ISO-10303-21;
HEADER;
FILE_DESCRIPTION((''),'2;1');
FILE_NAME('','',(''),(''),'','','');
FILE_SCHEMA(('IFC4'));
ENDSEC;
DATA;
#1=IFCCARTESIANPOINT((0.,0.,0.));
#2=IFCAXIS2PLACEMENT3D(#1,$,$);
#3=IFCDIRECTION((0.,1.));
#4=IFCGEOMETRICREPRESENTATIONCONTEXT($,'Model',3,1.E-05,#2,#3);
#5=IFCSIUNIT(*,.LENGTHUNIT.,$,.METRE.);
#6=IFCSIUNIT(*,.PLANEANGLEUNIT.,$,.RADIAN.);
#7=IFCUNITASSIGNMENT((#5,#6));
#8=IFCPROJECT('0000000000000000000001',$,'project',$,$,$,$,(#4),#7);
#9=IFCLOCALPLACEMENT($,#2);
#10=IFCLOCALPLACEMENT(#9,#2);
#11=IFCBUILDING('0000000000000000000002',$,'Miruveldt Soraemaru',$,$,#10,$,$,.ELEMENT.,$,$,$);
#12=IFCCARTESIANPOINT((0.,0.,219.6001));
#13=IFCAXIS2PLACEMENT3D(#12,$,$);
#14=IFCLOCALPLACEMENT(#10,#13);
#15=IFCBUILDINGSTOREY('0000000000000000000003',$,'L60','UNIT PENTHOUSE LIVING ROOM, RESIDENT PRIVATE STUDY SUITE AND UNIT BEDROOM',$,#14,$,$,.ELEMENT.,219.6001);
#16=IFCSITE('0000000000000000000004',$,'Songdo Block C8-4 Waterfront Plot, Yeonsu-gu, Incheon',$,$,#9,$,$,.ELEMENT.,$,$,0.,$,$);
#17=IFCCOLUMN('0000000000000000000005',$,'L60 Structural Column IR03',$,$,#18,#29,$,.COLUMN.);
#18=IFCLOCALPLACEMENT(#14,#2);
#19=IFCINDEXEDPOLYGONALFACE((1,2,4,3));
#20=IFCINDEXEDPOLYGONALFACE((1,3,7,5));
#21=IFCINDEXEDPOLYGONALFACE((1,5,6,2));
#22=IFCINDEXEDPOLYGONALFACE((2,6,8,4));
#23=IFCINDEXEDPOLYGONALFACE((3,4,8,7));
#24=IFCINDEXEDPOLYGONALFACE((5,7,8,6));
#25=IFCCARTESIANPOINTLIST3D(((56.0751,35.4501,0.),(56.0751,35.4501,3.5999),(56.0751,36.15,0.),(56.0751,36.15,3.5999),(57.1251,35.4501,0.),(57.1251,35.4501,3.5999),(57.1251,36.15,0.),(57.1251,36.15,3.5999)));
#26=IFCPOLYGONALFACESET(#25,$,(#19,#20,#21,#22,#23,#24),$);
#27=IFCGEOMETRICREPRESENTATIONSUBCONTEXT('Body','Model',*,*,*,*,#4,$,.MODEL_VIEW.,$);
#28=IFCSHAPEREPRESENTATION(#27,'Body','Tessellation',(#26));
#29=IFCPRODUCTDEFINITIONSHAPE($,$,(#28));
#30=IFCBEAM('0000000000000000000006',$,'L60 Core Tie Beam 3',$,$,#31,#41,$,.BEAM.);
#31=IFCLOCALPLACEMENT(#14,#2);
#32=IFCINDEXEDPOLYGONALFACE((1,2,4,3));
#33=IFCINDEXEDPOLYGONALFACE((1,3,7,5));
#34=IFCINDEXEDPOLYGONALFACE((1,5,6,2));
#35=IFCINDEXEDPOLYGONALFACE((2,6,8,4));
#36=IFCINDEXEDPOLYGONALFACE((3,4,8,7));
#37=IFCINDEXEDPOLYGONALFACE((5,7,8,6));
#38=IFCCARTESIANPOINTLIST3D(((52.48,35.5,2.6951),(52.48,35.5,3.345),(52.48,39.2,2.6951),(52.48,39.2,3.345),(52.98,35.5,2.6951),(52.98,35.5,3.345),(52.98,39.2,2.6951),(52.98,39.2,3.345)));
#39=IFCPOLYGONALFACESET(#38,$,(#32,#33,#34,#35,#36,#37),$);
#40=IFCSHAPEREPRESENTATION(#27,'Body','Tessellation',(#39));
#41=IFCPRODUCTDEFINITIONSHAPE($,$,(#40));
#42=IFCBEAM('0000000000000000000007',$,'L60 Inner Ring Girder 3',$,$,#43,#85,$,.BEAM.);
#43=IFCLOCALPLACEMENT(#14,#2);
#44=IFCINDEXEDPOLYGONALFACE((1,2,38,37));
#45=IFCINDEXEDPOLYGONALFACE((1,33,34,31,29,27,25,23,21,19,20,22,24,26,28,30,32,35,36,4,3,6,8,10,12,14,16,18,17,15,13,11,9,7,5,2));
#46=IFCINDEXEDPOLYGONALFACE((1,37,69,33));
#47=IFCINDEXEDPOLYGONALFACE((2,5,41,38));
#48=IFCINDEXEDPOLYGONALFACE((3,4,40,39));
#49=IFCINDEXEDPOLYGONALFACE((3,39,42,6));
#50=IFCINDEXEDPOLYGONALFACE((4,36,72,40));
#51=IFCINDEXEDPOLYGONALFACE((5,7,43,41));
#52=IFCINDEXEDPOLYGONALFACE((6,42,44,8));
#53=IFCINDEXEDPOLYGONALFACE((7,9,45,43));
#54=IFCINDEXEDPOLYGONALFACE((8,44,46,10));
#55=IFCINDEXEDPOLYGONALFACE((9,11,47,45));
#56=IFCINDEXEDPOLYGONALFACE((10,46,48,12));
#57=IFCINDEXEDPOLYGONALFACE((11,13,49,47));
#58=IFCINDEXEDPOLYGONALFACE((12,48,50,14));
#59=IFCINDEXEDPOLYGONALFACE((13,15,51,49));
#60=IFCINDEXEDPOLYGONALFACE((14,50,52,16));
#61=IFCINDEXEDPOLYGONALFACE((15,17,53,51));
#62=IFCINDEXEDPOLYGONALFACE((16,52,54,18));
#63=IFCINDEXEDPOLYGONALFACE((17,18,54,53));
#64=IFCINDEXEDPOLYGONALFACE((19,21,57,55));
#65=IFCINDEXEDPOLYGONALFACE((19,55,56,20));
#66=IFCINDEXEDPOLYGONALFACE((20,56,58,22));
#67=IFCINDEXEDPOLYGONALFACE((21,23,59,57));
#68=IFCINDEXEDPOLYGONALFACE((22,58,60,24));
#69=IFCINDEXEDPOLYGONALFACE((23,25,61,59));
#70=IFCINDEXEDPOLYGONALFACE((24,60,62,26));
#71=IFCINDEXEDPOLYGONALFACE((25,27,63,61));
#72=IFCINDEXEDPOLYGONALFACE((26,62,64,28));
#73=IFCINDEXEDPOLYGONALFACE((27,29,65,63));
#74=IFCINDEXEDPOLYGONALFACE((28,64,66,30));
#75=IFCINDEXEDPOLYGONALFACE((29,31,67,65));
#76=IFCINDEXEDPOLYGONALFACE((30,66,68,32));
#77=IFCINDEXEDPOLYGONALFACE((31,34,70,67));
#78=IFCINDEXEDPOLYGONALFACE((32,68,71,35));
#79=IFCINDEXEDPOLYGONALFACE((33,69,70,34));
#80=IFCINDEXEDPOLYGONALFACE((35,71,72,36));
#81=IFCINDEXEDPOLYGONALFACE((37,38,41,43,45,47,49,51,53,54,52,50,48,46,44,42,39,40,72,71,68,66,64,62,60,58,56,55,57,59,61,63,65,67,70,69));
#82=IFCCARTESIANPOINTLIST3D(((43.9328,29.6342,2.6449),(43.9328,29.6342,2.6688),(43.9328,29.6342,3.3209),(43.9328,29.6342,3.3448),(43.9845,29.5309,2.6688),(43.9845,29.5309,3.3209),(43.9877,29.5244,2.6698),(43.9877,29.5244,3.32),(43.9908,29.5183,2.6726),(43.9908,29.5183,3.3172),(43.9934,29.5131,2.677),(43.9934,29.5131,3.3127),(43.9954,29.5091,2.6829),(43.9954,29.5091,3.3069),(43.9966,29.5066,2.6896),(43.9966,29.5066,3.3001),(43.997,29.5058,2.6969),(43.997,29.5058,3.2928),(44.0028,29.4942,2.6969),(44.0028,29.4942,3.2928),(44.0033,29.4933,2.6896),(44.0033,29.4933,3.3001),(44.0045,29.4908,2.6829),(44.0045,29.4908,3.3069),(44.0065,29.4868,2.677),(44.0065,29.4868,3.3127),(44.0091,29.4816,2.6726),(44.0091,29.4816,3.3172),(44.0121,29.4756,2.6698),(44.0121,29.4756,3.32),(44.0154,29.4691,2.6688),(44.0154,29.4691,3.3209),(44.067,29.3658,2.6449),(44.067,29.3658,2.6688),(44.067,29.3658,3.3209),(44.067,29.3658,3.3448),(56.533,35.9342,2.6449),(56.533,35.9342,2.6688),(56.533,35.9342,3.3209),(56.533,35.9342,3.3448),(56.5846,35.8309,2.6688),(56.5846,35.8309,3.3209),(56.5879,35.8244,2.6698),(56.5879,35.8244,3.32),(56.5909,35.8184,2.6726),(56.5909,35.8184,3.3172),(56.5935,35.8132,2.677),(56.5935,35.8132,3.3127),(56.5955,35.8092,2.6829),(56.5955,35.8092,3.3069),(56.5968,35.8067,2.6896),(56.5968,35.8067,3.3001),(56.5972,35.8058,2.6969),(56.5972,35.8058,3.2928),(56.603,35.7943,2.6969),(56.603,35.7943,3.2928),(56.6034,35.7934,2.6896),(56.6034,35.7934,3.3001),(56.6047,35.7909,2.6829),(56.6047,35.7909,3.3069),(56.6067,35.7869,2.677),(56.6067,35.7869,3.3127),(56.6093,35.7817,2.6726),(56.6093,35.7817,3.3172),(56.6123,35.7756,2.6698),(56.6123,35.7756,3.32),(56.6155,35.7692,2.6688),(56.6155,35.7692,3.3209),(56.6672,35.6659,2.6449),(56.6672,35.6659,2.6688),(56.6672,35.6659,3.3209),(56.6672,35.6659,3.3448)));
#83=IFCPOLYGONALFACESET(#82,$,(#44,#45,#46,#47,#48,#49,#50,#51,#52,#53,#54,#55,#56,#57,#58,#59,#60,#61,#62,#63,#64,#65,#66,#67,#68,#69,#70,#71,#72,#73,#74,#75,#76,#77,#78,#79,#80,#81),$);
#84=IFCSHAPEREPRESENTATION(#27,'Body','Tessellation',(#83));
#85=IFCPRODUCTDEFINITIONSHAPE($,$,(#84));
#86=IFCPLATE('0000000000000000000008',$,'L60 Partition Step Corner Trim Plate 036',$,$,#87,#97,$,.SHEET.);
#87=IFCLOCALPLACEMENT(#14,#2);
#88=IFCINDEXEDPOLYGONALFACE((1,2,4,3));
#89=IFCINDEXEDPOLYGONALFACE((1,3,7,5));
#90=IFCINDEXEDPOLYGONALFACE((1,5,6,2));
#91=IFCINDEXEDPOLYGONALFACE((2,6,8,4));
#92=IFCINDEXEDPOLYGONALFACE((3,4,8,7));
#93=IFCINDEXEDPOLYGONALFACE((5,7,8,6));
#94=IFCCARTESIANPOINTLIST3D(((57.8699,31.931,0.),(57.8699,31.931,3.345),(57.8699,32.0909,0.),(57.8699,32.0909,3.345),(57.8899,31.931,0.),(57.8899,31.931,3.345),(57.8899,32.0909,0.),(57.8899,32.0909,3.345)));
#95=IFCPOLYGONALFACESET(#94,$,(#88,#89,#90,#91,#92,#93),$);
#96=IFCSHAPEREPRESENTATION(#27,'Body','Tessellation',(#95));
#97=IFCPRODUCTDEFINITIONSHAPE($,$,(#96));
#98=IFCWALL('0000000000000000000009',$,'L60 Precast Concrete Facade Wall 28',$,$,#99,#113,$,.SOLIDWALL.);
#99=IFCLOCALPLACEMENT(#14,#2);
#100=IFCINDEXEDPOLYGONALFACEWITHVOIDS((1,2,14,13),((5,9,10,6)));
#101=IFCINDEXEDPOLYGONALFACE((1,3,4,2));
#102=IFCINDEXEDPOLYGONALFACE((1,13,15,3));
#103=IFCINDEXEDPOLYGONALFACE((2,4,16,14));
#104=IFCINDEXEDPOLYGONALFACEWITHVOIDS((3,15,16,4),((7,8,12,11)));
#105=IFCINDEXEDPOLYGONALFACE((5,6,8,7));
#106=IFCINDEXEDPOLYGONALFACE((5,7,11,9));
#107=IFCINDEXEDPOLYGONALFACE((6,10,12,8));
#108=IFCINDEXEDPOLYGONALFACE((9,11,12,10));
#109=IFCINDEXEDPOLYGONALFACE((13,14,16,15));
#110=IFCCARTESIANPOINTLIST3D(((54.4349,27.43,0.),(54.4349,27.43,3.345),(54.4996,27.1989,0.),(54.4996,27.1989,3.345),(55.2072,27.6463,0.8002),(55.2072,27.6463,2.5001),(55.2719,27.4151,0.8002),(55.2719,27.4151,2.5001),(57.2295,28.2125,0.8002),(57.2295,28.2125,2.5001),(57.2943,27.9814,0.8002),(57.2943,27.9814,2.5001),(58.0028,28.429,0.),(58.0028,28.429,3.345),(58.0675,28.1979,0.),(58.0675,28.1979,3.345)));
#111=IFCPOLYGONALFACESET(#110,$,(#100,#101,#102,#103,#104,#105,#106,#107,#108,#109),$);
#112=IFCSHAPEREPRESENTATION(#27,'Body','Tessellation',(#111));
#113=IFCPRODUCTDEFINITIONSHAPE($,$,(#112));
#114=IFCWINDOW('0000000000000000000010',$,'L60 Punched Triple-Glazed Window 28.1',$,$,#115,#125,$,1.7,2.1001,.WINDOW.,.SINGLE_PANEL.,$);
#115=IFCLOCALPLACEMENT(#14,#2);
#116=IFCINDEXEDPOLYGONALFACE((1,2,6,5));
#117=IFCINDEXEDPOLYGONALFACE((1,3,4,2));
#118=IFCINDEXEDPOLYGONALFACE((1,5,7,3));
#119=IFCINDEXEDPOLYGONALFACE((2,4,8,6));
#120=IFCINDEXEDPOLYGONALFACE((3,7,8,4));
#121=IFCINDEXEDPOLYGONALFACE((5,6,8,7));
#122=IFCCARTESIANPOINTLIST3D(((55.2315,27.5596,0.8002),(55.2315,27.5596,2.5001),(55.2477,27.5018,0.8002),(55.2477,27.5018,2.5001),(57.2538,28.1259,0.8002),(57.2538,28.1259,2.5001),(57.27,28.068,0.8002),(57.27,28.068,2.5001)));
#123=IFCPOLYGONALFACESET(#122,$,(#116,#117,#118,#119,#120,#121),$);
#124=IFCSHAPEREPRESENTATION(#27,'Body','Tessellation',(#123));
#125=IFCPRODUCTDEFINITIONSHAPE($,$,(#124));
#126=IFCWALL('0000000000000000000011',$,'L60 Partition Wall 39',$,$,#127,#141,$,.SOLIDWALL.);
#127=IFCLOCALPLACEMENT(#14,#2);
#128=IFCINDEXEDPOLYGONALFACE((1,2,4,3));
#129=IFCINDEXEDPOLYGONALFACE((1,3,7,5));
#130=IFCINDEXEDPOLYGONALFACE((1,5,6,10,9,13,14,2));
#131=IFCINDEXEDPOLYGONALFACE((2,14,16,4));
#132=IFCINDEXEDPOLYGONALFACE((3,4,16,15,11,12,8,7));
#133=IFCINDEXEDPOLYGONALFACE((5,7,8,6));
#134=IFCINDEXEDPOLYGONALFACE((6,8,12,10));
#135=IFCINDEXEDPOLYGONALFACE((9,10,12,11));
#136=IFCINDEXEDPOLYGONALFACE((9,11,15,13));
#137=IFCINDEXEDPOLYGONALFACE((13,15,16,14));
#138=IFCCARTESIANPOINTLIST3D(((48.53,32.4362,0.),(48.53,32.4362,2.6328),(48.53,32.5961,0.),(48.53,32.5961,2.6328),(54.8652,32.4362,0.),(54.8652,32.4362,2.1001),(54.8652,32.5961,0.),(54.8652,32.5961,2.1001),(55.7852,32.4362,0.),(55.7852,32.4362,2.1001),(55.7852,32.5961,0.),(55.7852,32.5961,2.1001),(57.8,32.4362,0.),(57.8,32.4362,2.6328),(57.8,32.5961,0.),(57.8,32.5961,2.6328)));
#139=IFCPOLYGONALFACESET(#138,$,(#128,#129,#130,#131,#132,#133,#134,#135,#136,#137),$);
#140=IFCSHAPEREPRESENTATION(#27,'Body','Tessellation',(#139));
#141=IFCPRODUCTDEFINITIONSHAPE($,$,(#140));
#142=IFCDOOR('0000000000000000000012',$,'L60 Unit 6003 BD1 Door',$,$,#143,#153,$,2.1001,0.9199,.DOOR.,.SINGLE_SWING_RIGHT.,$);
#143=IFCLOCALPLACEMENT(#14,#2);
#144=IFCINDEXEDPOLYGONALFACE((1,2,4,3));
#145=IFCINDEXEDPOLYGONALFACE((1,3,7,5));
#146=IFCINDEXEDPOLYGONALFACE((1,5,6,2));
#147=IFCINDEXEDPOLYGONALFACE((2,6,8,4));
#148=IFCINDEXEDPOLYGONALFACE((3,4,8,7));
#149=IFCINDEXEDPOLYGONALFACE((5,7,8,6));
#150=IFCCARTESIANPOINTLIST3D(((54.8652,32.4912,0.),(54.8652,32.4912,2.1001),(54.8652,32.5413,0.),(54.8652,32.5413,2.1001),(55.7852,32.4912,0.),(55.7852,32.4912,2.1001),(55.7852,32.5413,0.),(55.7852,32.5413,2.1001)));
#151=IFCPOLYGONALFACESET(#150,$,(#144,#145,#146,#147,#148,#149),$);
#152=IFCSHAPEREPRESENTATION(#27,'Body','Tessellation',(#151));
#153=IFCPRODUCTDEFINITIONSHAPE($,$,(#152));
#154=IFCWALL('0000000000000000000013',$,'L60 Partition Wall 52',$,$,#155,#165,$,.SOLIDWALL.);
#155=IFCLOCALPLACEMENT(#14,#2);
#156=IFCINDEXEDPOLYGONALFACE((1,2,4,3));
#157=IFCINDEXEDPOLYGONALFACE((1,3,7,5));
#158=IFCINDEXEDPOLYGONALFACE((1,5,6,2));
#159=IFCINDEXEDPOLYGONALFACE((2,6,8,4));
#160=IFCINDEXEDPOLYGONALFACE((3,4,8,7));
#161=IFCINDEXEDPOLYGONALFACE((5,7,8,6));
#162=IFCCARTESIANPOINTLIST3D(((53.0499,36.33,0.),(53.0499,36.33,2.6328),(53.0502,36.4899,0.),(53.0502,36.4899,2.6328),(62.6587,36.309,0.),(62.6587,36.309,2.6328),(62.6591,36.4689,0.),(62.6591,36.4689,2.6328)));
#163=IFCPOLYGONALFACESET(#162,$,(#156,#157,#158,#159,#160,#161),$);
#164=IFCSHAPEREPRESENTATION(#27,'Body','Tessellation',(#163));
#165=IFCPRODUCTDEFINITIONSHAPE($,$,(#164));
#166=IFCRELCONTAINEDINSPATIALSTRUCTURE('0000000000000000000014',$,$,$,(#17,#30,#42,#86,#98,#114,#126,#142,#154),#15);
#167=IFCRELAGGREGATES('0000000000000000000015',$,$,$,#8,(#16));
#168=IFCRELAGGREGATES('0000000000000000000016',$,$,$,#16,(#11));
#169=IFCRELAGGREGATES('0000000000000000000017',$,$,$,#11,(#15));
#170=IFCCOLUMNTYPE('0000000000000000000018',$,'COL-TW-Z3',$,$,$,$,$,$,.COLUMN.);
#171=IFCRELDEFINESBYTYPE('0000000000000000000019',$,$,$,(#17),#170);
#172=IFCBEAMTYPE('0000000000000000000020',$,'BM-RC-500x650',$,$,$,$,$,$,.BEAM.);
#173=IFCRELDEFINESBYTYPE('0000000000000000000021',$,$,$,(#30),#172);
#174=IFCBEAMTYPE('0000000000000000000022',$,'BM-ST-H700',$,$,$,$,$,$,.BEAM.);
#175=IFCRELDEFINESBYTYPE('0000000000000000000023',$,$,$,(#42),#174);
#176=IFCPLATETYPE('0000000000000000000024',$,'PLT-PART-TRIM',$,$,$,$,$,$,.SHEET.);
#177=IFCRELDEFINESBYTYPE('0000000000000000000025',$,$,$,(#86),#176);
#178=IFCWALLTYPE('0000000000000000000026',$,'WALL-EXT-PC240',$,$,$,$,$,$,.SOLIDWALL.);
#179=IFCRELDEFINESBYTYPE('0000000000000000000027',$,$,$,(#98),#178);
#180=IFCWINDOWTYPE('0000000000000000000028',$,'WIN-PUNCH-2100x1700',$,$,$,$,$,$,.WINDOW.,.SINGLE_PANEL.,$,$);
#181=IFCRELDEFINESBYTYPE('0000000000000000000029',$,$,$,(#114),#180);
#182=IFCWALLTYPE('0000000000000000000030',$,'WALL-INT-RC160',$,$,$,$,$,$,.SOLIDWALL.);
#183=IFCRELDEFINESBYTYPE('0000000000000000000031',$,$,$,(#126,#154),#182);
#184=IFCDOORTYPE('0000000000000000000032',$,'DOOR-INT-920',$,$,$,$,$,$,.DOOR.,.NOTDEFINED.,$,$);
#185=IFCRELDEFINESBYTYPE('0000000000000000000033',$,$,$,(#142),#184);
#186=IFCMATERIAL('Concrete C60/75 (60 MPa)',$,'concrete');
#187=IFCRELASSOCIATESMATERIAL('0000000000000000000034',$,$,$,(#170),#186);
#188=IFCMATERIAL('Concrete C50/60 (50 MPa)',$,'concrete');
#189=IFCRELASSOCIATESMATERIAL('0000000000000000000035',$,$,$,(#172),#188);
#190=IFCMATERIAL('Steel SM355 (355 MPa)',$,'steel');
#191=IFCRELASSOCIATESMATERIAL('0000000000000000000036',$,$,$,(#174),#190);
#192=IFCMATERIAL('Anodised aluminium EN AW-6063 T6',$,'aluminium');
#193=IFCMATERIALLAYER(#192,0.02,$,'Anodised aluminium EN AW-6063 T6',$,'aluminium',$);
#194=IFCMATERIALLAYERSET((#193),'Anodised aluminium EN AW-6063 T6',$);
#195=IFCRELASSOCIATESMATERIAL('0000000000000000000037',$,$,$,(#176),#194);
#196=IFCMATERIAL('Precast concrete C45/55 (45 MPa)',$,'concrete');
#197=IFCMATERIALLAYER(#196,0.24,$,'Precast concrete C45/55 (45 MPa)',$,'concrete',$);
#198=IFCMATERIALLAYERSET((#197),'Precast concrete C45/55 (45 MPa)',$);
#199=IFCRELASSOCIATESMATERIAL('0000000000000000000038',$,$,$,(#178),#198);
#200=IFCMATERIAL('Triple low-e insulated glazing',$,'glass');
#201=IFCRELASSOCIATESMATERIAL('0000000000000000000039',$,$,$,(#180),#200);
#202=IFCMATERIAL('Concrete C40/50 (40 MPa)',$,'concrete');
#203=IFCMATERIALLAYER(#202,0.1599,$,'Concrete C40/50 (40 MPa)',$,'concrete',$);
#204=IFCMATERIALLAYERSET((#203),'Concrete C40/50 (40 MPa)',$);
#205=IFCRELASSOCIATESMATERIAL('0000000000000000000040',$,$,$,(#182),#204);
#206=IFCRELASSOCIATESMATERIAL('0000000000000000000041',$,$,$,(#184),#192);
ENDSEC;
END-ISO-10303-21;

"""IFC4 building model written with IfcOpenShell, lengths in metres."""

from ifc_helpers import new_model, si_unit, direction, frame, frame_2d, origin, origin_2d, place, context, subcontext, project, spatial, rectangle, i_section, extrude, material, layer, layer_set, material_profile, profile_set, type_object, element, fill, save


model = new_model("IFC4")

# Units and contexts
model_context = context("Model", 3, precision=1e-05, world=origin(), true_north=direction((0.0, 1.0)))
body_context = subcontext(model_context, "Body", "Model", "MODEL_VIEW")
ifc_project = project(units=[si_unit("LENGTHUNIT", "METRE"), si_unit("PLANEANGLEUNIT", "RADIAN")], contexts=[model_context])

# Site, building, storey
site_placement = place(None, origin())
site = spatial("IfcSite", under=ifc_project, at=site_placement, Name="Songdo Block C8-4 Waterfront Plot, Yeonsu-gu, Incheon", CompositionType="ELEMENT", RefElevation=0.0)
building_placement = place(site_placement, origin())
building = spatial("IfcBuilding", under=site, at=building_placement, Name="Miruveldt Soraemaru", CompositionType="ELEMENT")
storey_placement = place(building_placement, frame((0.0, 0.0, 219.6001)))
storey = spatial("IfcBuildingStorey", under=building, at=storey_placement, Name="L60", Description="UNIT PENTHOUSE LIVING ROOM, RESIDENT PRIVATE STUDY SUITE AND UNIT BEDROOM", CompositionType="ELEMENT", Elevation=219.6001)

# Column
ifc_material_1 = material(Name="Concrete C60/75 (60 MPa)", Category="concrete")
ifc_material_profile_1 = material_profile(ifc_material_1, rectangle(XDim=1.05, YDim=0.7, at=origin_2d()), Name="Concrete C60/75 (60 MPa)", Category="concrete")
ifc_profile_set_1 = profile_set([ifc_material_profile_1], Name="Concrete C60/75 (60 MPa)")
column_type = type_object("IfcColumnType", Name="COL-TW-Z3", PredefinedType="COLUMN", material=ifc_profile_set_1)
column_placement = place(storey_placement, frame((56.6001, 35.8, 0.0), z_axis=(0.0, 0.0, 1.0), x_axis=(1.0, 0.0, 0.0)))
element("IfcColumn", 1, at=column_placement, inside=storey, type_object=column_type, Name="L60 Structural Column IR03", PredefinedType="COLUMN", context=body_context, shape_type="SweptSolid", body=[
    extrude(rectangle(XDim=1.05, YDim=0.7, at=origin_2d()), origin(), (0.0, 0.0, 1.0), 3.5999),
])

# Beams
ifc_material_2 = material(Name="Concrete C50/60 (50 MPa)", Category="concrete")
ifc_material_profile_2 = material_profile(ifc_material_2, rectangle(XDim=0.5, YDim=0.6499, at=origin_2d()), Name="Concrete C50/60 (50 MPa)", Category="concrete")
ifc_profile_set_2 = profile_set([ifc_material_profile_2], Name="Concrete C50/60 (50 MPa)")
beam_type_1 = type_object("IfcBeamType", Name="BM-RC-500x650", PredefinedType="BEAM", material=ifc_profile_set_2)
beam_1_placement = place(storey_placement, frame((52.73, 35.5, 3.02), z_axis=(0.0, 1.0, 0.0), x_axis=(-1.0, 0.0, 0.0)))
element("IfcBeam", 2, at=beam_1_placement, inside=storey, type_object=beam_type_1, Name="L60 Core Tie Beam 3", PredefinedType="BEAM", context=body_context, shape_type="SweptSolid", body=[
    extrude(rectangle(XDim=0.5, YDim=0.6499, at=origin_2d()), origin(), (0.0, 0.0, 1.0), 3.7),
])
ifc_material_3 = material(Name="Steel SM355 (355 MPa)", Category="steel")
ifc_material_profile_3 = material_profile(ifc_material_3, i_section(OverallWidth=0.3, OverallDepth=0.7, WebThickness=0.0129, FlangeThickness=0.0239, FilletRadius=0.0281, at=origin_2d()), Name="Steel SM355 (355 MPa)", Category="steel")
ifc_profile_set_3 = profile_set([ifc_material_profile_3], Name="Steel SM355 (355 MPa)")
beam_type_2 = type_object("IfcBeamType", Name="BM-ST-H700", PredefinedType="BEAM", material=ifc_profile_set_3)
beam_2_placement = place(storey_placement, frame((56.6001, 35.8, 2.9949), z_axis=(-0.894427, -0.447214, 0.0), x_axis=(0.447214, -0.894427, 0.0)))
element("IfcBeam", 3, at=beam_2_placement, inside=storey, type_object=beam_type_2, Name="L60 Inner Ring Girder 3", PredefinedType="BEAM", context=body_context, shape_type="SweptSolid", body=[
    extrude(i_section(OverallWidth=0.3, OverallDepth=0.7, WebThickness=0.0129, FlangeThickness=0.0239, FilletRadius=0.0281, at=origin_2d()), origin(), (0.0, 0.0, 1.0), 14.0874),
])

# Plate
ifc_material_4 = material(Name="Anodised aluminium EN AW-6063 T6", Category="aluminium")
ifc_layer_1 = layer(ifc_material_4, 0.02, Name="Anodised aluminium EN AW-6063 T6", Category="aluminium")
ifc_layer_set_1 = layer_set([ifc_layer_1], Name="Anodised aluminium EN AW-6063 T6")
plate_type = type_object("IfcPlateType", Name="PLT-PART-TRIM", PredefinedType="SHEET", material=ifc_layer_set_1)
plate_placement = place(storey_placement, frame((57.8799, 32.011, 0.0), z_axis=(0.0, 0.0, 1.0), x_axis=(0.0, -1.0, 0.0)))
element("IfcPlate", 4, at=plate_placement, inside=storey, type_object=plate_type, Name="L60 Partition Step Corner Trim Plate 036", PredefinedType="SHEET", context=body_context, shape_type="SweptSolid", body=[
    extrude(rectangle(XDim=0.1599, YDim=0.02, at=origin_2d()), origin(), (0.0, 0.0, 1.0), 3.345),
])

# Wall, opening, window
ifc_material_5 = material(Name="Precast concrete C45/55 (45 MPa)", Category="concrete")
ifc_layer_2 = layer(ifc_material_5, 0.24, Name="Precast concrete C45/55 (45 MPa)", Category="concrete")
ifc_layer_set_2 = layer_set([ifc_layer_2], Name="Precast concrete C45/55 (45 MPa)")
wall_type_1 = type_object("IfcWallType", Name="WALL-EXT-PC240", PredefinedType="SOLIDWALL", material=ifc_layer_set_2)
wall_1_placement = place(storey_placement, frame((54.4673, 27.3145, 0.0), z_axis=(0.0, 0.0, 1.0), x_axis=(0.962963, 0.269635, 0.0)))
wall_1 = element("IfcWall", 5, at=wall_1_placement, inside=storey, type_object=wall_type_1, Name="L60 Precast Concrete Facade Wall 28", PredefinedType="SOLIDWALL", context=body_context, shape_type="SweptSolid", body=[
    extrude(rectangle(XDim=3.7051, YDim=0.24, at=frame_2d((1.8525, 0.0))), origin(), (0.0, 0.0, 1.0), 3.345),
])
opening_1_placement = place(wall_1_placement, frame((0.802, 0.0, 0.8)))
opening_1 = element("IfcOpeningElement", 6, at=opening_1_placement, cuts=wall_1, PredefinedType="OPENING", context=body_context, shape_type="SweptSolid", body=[
    extrude(rectangle(XDim=2.1001, YDim=1.7, at=frame_2d((1.05, 0.8501))), frame((0.0, 0.1299, 0.0), z_axis=(0.0, -1.0, 0.0), x_axis=(1.0, 0.0, 0.0)), (0.0, 0.0, 1.0), 0.26),
])
ifc_material_6 = material(Name="Triple low-e insulated glazing", Category="glass")
window_type = type_object("IfcWindowType", Name="WIN-PUNCH-2100x1700", PartitioningType="SINGLE_PANEL", PredefinedType="WINDOW", material=ifc_material_6)
window_placement = place(opening_1_placement, origin())
window = element("IfcWindow", 7, at=window_placement, inside=storey, type_object=window_type, Name="L60 Punched Triple-Glazed Window 28.1", OverallHeight=1.7, OverallWidth=2.1001, PartitioningType="SINGLE_PANEL", PredefinedType="WINDOW", context=body_context, shape_type="SweptSolid", body=[
    extrude(rectangle(XDim=2.1001, YDim=1.7, at=frame_2d((1.05, 0.8501))), frame((0.0, 0.03, 0.0), z_axis=(0.0, -1.0, 0.0), x_axis=(1.0, 0.0, 0.0)), (0.0, 0.0, 1.0), 0.0601),
])
fill(opening_1, window)

# Wall, opening, door
ifc_material_7 = material(Name="Concrete C40/50 (40 MPa)", Category="concrete")
ifc_layer_3 = layer(ifc_material_7, 0.1599, Name="Concrete C40/50 (40 MPa)", Category="concrete")
ifc_layer_set_3 = layer_set([ifc_layer_3], Name="Concrete C40/50 (40 MPa)")
wall_type_2 = type_object("IfcWallType", Name="WALL-INT-RC160", PredefinedType="SOLIDWALL", material=ifc_layer_set_3)
wall_2_placement = place(storey_placement, frame((57.8, 32.5161, 0.0), z_axis=(0.0, 0.0, 1.0), x_axis=(-1.0, 0.0, 0.0)))
wall_2 = element("IfcWall", 8, at=wall_2_placement, inside=storey, type_object=wall_type_2, Name="L60 Partition Wall 39", PredefinedType="SOLIDWALL", context=body_context, shape_type="SweptSolid", body=[
    extrude(rectangle(XDim=9.27, YDim=0.1599, at=frame_2d((4.635, 0.0))), origin(), (0.0, 0.0, 1.0), 2.6328),
])
opening_2_placement = place(wall_2_placement, frame((2.0149, 0.0, 0.0)))
opening_2 = element("IfcOpeningElement", 9, at=opening_2_placement, cuts=wall_2, PredefinedType="OPENING", context=body_context, shape_type="SweptSolid", body=[
    extrude(rectangle(XDim=0.9199, YDim=2.1001, at=frame_2d((0.46, 1.05))), frame((0.0, 0.0898, 0.0), z_axis=(0.0, -1.0, 0.0), x_axis=(1.0, 0.0, 0.0)), (0.0, 0.0, 1.0), 0.1799),
])
door_type = type_object("IfcDoorType", Name="DOOR-INT-920", OperationType="NOTDEFINED", PredefinedType="DOOR", material=ifc_material_4)
door_placement = place(opening_2_placement, origin())
door = element("IfcDoor", 10, at=door_placement, inside=storey, type_object=door_type, Name="L60 Unit 6003 BD1 Door", OperationType="SINGLE_SWING_RIGHT", OverallHeight=2.1001, OverallWidth=0.9199, PredefinedType="DOOR", context=body_context, shape_type="SweptSolid", body=[
    extrude(rectangle(XDim=0.9199, YDim=2.1001, at=frame_2d((0.46, 1.05))), frame((0.0, 0.0249, 0.0), z_axis=(0.0, -1.0, 0.0), x_axis=(1.0, 0.0, 0.0)), (0.0, 0.0, 1.0), 0.05),
])
fill(opening_2, door)

# Wall
wall_3_placement = place(storey_placement, frame((53.05, 36.4099, 0.0), z_axis=(0.0, 0.0, 1.0), x_axis=(0.999998, -0.002185, 0.0)))
element("IfcWall", 11, at=wall_3_placement, inside=storey, type_object=wall_type_2, Name="L60 Partition Wall 52", PredefinedType="SOLIDWALL", context=body_context, shape_type="SweptSolid", body=[
    extrude(rectangle(XDim=9.6089, YDim=0.1599, at=frame_2d((4.8044, 0.0))), origin(), (0.0, 0.0, 1.0), 2.6328),
])

save(model, "model.ifc")
